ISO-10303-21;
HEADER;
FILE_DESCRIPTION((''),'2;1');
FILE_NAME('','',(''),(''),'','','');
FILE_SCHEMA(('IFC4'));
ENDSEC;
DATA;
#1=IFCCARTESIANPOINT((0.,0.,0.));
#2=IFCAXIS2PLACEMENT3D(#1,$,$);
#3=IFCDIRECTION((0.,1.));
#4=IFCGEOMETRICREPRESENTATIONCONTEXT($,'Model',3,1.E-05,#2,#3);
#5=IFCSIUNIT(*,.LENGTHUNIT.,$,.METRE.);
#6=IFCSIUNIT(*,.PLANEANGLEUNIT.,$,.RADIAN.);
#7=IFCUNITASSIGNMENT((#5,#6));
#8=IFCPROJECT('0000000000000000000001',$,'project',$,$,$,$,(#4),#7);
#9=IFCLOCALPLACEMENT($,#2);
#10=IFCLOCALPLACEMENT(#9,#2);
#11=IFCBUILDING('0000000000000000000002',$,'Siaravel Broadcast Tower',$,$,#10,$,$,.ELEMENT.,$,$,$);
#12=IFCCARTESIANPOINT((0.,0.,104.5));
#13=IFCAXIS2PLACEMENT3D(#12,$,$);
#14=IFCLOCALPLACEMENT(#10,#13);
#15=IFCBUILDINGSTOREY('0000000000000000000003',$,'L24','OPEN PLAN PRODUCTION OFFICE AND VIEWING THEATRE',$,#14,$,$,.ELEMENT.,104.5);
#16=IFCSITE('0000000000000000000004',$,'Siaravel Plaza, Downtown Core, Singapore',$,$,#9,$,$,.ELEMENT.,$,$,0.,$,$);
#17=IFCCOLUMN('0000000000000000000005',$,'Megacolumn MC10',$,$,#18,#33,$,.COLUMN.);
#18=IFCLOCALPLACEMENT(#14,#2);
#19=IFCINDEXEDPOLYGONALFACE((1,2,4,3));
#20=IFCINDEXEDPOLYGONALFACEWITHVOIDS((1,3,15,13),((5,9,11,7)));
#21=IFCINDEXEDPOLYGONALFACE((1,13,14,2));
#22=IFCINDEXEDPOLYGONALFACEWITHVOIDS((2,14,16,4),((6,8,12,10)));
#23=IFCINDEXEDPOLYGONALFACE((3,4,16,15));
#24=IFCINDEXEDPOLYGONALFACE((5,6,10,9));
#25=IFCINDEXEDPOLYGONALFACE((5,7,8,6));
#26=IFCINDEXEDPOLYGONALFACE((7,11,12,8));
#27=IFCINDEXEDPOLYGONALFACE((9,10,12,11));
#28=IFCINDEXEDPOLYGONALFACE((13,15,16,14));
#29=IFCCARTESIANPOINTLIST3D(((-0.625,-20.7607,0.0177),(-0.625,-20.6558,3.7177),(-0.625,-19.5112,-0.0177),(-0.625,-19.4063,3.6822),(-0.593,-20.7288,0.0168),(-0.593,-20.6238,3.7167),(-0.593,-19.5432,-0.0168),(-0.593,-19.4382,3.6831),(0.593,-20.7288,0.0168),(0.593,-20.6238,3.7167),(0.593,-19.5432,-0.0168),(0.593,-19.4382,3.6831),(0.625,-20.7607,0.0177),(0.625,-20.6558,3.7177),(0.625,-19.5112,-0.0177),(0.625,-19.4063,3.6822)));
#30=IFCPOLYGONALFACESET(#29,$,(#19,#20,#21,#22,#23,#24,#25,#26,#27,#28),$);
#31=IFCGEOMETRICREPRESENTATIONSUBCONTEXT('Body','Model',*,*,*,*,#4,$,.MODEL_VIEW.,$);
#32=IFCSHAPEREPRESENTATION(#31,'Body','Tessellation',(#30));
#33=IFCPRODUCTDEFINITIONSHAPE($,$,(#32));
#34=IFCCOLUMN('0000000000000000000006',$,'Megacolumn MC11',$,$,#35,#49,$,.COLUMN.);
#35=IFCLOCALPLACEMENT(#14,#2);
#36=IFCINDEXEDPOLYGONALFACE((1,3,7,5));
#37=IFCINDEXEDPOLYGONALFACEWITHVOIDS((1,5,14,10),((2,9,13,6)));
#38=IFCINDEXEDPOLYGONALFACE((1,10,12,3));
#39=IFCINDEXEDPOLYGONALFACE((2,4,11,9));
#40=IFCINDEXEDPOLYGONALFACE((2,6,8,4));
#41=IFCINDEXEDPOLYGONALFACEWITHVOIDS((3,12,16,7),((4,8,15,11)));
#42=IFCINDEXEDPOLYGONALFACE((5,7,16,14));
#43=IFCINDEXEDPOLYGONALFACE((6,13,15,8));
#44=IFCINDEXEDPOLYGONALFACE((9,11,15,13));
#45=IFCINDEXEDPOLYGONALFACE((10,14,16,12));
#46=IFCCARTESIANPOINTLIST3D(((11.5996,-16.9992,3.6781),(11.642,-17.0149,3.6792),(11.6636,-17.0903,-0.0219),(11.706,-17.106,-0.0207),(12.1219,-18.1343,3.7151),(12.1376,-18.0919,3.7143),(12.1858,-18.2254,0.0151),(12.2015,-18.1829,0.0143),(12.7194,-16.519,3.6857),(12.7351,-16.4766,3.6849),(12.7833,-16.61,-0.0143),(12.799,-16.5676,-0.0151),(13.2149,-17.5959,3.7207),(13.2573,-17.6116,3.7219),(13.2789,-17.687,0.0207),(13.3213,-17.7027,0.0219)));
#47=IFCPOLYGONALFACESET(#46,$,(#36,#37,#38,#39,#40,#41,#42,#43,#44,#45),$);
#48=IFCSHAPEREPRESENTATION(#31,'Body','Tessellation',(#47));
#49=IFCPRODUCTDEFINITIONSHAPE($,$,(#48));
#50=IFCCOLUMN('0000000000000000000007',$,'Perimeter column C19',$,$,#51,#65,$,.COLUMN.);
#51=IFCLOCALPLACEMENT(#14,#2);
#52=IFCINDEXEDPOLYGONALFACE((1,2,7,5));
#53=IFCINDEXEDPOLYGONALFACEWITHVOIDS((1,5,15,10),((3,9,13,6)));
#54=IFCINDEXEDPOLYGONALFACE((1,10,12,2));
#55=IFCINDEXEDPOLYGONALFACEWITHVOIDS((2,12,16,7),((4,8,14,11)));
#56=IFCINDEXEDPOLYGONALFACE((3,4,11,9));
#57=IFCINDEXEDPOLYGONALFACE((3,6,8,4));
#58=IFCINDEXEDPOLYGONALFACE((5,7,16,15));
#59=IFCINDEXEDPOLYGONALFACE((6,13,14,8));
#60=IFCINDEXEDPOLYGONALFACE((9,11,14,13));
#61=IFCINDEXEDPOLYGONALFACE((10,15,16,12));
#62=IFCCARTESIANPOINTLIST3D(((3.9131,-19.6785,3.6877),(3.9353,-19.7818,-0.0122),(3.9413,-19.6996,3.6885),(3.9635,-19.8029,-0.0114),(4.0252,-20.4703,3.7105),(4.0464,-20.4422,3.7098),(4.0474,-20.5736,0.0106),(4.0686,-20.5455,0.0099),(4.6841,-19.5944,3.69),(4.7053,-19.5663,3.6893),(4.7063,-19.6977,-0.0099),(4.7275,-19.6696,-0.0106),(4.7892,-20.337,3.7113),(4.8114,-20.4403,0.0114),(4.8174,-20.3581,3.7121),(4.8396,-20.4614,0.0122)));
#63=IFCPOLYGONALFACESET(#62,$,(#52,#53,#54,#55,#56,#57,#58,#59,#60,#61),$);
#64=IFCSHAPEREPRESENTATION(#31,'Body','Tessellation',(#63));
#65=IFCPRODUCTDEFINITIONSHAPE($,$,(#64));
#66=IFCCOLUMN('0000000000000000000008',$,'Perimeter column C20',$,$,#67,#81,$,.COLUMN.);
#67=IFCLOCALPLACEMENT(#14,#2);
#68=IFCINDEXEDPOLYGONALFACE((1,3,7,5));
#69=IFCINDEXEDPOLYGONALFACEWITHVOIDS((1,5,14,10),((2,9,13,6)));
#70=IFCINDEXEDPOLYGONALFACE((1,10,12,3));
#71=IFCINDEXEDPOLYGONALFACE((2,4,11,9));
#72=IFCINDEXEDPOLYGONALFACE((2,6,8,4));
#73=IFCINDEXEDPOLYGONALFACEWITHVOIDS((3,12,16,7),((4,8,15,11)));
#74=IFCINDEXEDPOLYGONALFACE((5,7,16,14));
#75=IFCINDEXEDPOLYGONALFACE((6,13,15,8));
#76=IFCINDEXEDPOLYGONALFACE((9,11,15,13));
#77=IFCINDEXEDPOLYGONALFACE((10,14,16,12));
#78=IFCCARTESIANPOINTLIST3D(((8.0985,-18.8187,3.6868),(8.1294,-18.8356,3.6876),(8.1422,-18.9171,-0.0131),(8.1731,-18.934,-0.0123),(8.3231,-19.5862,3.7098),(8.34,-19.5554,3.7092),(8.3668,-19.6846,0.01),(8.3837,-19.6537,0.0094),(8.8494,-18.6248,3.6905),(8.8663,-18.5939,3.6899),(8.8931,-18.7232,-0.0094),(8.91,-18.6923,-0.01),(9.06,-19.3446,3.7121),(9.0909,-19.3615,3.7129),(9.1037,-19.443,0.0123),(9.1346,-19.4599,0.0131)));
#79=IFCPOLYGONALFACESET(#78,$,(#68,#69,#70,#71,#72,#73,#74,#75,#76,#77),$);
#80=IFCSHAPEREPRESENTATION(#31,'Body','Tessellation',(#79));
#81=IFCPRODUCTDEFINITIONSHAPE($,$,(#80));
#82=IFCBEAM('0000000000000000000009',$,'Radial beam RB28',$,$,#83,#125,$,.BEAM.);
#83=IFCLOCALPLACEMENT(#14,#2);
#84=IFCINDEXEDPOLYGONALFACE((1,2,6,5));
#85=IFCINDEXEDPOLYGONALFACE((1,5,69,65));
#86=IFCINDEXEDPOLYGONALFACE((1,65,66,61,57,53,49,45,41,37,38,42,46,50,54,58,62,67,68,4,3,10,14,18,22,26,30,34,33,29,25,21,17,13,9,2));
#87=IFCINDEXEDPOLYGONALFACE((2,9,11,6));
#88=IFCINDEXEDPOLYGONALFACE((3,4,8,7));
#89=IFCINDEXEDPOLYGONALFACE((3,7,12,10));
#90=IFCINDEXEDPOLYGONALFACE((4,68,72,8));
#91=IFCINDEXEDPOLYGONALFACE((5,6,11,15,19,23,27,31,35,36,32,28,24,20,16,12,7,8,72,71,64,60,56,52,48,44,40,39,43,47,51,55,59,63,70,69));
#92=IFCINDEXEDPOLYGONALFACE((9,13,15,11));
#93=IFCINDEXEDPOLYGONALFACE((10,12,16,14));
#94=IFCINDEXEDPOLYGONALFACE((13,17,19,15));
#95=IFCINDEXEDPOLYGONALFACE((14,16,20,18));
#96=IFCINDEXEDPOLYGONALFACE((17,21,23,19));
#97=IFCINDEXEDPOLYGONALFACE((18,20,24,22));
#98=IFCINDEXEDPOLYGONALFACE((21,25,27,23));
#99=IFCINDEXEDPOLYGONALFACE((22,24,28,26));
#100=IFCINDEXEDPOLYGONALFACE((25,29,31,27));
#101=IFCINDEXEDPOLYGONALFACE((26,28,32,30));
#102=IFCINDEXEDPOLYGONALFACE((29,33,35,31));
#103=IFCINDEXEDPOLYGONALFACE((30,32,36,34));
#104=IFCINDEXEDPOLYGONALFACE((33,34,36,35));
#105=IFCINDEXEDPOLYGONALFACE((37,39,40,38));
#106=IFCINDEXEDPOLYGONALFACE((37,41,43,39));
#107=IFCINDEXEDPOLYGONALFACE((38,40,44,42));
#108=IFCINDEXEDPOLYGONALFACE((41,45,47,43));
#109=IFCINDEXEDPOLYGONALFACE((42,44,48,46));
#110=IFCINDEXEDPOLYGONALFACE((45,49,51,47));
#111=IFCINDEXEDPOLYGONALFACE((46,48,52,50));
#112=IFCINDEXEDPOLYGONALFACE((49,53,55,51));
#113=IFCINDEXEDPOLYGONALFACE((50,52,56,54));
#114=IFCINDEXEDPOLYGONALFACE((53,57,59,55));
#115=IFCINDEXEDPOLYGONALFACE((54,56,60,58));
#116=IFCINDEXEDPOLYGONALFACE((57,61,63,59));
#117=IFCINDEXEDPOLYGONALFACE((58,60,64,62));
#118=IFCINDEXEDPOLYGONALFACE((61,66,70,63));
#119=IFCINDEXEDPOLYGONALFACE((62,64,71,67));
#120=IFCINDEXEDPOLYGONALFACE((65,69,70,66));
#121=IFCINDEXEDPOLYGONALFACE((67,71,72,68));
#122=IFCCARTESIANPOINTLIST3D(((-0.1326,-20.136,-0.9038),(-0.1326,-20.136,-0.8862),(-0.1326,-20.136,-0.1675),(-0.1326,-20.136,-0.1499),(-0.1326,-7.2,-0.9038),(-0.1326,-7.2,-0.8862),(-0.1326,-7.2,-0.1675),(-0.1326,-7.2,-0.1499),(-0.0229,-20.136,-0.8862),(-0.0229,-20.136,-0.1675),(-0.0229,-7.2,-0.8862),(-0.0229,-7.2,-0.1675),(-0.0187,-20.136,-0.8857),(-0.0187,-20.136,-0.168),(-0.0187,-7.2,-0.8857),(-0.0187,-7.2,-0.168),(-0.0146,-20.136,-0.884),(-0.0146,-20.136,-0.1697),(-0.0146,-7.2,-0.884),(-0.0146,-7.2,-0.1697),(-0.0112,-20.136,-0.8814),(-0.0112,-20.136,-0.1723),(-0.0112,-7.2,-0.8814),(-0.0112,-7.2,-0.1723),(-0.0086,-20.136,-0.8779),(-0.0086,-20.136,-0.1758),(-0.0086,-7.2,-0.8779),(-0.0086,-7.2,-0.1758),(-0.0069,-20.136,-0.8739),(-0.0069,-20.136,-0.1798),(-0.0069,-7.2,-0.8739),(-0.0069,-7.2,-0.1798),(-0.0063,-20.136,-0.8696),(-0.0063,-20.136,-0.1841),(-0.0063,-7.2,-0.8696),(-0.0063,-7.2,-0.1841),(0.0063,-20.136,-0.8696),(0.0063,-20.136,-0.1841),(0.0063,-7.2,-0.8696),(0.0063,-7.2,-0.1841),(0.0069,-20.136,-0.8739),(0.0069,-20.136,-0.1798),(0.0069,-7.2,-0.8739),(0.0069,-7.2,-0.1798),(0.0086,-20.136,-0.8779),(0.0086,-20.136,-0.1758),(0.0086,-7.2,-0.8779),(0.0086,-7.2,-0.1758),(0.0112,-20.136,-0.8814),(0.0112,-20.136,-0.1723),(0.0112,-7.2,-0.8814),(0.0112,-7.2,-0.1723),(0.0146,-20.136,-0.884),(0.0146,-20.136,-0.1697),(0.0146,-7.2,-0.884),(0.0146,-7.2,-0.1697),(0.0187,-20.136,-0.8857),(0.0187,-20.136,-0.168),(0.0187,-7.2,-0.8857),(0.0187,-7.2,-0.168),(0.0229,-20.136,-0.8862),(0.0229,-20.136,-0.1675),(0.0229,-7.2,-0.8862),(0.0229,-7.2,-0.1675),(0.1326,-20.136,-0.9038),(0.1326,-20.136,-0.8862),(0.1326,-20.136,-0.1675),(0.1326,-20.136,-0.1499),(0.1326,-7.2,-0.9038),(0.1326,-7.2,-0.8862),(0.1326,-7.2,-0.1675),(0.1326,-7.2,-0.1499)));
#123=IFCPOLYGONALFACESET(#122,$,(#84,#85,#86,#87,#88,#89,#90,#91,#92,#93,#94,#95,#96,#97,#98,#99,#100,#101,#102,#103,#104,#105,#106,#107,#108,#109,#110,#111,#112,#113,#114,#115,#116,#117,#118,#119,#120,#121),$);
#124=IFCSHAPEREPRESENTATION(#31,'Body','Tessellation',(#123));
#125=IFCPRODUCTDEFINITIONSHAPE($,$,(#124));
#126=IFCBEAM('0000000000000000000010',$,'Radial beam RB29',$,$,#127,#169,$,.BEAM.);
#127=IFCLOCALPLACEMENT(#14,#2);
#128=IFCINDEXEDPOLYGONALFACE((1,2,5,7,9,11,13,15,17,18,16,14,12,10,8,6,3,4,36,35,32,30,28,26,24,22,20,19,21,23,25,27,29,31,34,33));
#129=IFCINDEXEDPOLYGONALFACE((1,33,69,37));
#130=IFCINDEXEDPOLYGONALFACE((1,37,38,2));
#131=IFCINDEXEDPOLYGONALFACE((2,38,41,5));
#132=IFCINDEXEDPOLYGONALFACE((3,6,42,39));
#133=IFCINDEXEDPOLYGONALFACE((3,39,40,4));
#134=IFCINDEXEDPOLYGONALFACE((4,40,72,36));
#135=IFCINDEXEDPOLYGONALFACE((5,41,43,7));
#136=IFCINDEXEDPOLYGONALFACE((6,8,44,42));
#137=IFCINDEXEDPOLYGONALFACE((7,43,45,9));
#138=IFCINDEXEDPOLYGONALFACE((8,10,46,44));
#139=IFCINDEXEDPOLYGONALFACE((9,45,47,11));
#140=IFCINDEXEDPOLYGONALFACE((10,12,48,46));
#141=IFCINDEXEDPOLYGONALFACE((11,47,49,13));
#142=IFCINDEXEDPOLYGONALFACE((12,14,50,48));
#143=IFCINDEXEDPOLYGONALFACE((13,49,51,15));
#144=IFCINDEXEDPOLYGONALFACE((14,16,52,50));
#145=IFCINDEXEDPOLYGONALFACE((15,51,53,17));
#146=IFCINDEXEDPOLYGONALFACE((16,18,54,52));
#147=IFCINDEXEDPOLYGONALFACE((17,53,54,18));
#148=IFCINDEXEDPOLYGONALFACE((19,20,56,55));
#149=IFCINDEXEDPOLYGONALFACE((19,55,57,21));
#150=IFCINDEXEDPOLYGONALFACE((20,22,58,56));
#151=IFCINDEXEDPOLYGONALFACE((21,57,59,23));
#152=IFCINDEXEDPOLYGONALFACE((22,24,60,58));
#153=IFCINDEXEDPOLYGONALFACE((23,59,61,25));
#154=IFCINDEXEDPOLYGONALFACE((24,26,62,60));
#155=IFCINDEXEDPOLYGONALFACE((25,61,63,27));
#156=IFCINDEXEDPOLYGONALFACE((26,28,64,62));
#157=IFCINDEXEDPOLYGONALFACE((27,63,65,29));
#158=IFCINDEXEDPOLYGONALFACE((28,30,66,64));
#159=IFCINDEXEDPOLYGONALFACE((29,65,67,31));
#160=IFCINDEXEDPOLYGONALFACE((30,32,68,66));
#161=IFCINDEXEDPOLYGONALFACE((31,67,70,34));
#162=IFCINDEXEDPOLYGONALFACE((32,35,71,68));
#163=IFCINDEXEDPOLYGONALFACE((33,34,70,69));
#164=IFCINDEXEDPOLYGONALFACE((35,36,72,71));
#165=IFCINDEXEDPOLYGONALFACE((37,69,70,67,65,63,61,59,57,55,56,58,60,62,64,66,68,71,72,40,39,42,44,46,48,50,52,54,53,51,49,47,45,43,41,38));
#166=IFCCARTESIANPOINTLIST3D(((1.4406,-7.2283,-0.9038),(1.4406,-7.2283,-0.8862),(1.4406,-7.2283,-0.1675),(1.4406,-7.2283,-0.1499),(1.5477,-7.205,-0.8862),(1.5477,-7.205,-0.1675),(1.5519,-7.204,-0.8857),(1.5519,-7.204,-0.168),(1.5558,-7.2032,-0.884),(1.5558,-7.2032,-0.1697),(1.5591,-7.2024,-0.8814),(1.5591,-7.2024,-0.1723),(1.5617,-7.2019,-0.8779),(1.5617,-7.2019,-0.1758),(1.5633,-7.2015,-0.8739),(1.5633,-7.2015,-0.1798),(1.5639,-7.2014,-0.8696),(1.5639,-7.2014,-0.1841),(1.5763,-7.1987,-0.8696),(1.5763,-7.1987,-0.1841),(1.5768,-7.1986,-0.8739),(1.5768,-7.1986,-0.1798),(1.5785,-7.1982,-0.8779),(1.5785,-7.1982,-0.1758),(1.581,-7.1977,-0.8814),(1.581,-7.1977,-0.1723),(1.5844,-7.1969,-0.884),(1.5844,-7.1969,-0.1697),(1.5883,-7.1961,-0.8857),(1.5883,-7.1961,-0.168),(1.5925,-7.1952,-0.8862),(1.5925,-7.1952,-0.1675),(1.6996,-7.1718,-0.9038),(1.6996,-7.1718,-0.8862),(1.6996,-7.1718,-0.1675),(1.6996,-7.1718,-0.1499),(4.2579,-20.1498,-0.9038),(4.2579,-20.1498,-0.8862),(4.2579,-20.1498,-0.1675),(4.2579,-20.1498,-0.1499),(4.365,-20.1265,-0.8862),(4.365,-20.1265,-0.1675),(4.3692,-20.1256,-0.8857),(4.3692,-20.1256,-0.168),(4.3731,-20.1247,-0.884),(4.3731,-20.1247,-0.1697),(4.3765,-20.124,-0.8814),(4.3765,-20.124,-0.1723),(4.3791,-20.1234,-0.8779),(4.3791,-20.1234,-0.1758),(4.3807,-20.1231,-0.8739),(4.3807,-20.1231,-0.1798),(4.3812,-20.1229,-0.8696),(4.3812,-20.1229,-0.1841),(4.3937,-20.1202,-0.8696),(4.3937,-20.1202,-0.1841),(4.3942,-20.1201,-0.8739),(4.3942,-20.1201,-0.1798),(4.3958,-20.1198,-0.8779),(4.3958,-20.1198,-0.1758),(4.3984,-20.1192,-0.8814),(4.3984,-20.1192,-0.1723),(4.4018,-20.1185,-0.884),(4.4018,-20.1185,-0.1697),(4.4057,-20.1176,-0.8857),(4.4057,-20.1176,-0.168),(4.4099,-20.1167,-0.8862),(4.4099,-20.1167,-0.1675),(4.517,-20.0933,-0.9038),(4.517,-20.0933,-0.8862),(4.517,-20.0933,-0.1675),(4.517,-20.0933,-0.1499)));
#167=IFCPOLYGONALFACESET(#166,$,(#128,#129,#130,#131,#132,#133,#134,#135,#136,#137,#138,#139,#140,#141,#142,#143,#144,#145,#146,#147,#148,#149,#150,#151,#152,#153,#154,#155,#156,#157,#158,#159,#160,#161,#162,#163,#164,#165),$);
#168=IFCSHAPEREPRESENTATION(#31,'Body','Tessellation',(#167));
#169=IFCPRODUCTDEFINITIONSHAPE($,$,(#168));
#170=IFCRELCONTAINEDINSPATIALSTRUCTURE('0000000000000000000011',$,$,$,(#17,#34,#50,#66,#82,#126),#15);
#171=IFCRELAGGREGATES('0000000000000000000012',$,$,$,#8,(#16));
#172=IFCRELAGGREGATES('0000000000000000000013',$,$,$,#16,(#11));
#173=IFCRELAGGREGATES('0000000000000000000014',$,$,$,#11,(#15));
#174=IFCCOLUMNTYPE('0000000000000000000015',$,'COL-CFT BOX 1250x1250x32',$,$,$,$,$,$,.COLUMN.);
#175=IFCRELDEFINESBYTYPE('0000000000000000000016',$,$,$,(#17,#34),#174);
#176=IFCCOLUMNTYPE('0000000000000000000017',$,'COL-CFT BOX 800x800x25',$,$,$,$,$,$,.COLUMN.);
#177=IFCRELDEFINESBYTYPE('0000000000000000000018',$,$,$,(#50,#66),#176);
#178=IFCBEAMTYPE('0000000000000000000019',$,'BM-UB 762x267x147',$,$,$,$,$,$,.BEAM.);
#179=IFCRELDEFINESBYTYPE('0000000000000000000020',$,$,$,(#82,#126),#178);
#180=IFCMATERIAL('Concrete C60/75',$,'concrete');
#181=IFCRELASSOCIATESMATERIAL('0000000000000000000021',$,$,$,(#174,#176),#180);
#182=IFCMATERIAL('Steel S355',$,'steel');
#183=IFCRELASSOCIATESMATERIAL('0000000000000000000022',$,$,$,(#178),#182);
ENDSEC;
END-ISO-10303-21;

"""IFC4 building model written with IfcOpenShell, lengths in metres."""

from ifc_helpers import new_model, si_unit, direction, frame, origin, origin_2d, place, context, subcontext, project, spatial, hollow_rectangle, i_section, extrude, material, material_profile, profile_set, type_object, element, save


model = new_model("IFC4")

# Units and contexts
model_context = context("Model", 3, precision=1e-05, world=origin(), true_north=direction((0.0, 1.0)))
body_context = subcontext(model_context, "Body", "Model", "MODEL_VIEW")
ifc_project = project(units=[si_unit("LENGTHUNIT", "METRE"), si_unit("PLANEANGLEUNIT", "RADIAN")], contexts=[model_context])

# Site, building, storey
site_placement = place(None, origin())
site = spatial("IfcSite", under=ifc_project, at=site_placement, Name="Siaravel Plaza, Downtown Core, Singapore", CompositionType="ELEMENT", RefElevation=0.0)
building_placement = place(site_placement, origin())
building = spatial("IfcBuilding", under=site, at=building_placement, Name="Siaravel Broadcast Tower", CompositionType="ELEMENT")
storey_placement = place(building_placement, frame((0.0, 0.0, 104.5)))
storey = spatial("IfcBuildingStorey", under=building, at=storey_placement, Name="L24", Description="OPEN PLAN PRODUCTION OFFICE AND VIEWING THEATRE", CompositionType="ELEMENT", Elevation=104.5)

# Columns
ifc_material_1 = material(Name="Concrete C60/75", Category="concrete")
ifc_material_profile_1 = material_profile(ifc_material_1, hollow_rectangle(XDim=1.25, YDim=1.25, WallThickness=0.032, at=origin_2d()))
ifc_profile_set_1 = profile_set([ifc_material_profile_1], Name="Concrete C60/75")
column_type_1 = type_object("IfcColumnType", Name="COL-CFT BOX 1250x1250x32", PredefinedType="COLUMN", material=ifc_profile_set_1)
column_1_placement = place(storey_placement, frame((0.0, -20.136, 0.0), z_axis=(0.0, 0.028362, 0.999598), x_axis=(-1.0, 0.0, 0.0)))
element("IfcColumn", 1, at=column_1_placement, inside=storey, type_object=column_type_1, Name="Megacolumn MC10", PredefinedType="COLUMN", context=body_context, shape_type="SweptSolid", body=[
    extrude(hollow_rectangle(XDim=1.25, YDim=1.25, WallThickness=0.032, at=origin_2d()), origin(), (0.0, 0.0, 1.0), 3.7014),
])
column_2_placement = place(storey_placement, frame((12.4924, -17.3965, 0.0), z_axis=(-0.01728, 0.024601, 0.999548), x_axis=(-0.908369, -0.418135, -0.005413)))
element("IfcColumn", 2, at=column_2_placement, inside=storey, type_object=column_type_1, Name="Megacolumn MC11", PredefinedType="COLUMN", context=body_context, shape_type="SweptSolid", body=[
    extrude(hollow_rectangle(XDim=1.25, YDim=1.25, WallThickness=0.032, at=origin_2d()), origin(), (0.0, 0.0, 1.0), 3.7017),
])
ifc_material_profile_2 = material_profile(ifc_material_1, hollow_rectangle(XDim=0.8, YDim=0.8, WallThickness=0.0249, at=origin_2d()))
ifc_profile_set_2 = profile_set([ifc_material_profile_2], Name="Concrete C60/75")
column_type_2 = type_object("IfcColumnType", Name="COL-CFT BOX 800x800x25", PredefinedType="COLUMN", material=ifc_profile_set_2)
for number, where, z_axis, x_axis, name in (
    (3, (4.3875, -20.1216, 0.0), (-0.006002, 0.0279, 0.999593), (-0.990118, -0.140221, -0.002031), "Perimeter column C19"),
    (4, (8.6384, -19.1885, 0.0), (-0.011806, 0.026581, 0.999577), (-0.959717, -0.280941, -0.003865), "Perimeter column C20"),
):
    element("IfcColumn", number, at=place(storey_placement, frame(where, z_axis=z_axis, x_axis=x_axis)), inside=storey, type_object=column_type_2, Name=name, PredefinedType="COLUMN", context=body_context, shape_type="SweptSolid", body=[
        extrude(hollow_rectangle(XDim=0.8, YDim=0.8, WallThickness=0.0249, at=origin_2d()), origin(), (0.0, 0.0, 1.0), 3.7014),
    ])

# Beams
ifc_material_2 = material(Name="Steel S355", Category="steel")
ifc_material_profile_3 = material_profile(ifc_material_2, i_section(OverallWidth=0.2651, OverallDepth=0.7539, WebThickness=0.0127, FlangeThickness=0.0176, FilletRadius=0.0166, at=origin_2d()))
ifc_profile_set_3 = profile_set([ifc_material_profile_3], Name="Steel S355")
beam_type = type_object("IfcBeamType", Name="BM-UB 762x267x147", PredefinedType="BEAM", material=ifc_profile_set_3)
beam_1_placement = place(storey_placement, frame((0.0, -20.136, -0.5269), z_axis=(0.0, 1.0, 0.0), x_axis=(-1.0, 0.0, 0.0)))
element("IfcBeam", 5, at=beam_1_placement, inside=storey, type_object=beam_type, Name="Radial beam RB28", PredefinedType="BEAM", context=body_context, shape_type="SweptSolid", body=[
    extrude(i_section(OverallWidth=0.2651, OverallDepth=0.7539, WebThickness=0.0127, FlangeThickness=0.0176, FilletRadius=0.0166, at=origin_2d()), origin(), (0.0, 0.0, 1.0), 12.936),
])
beam_2_placement = place(storey_placement, frame((4.3875, -20.1216, -0.5269), z_axis=(-0.213031, 0.977045, 0.0), x_axis=(-0.977045, -0.213031, 0.0)))
element("IfcBeam", 6, at=beam_2_placement, inside=storey, type_object=beam_type, Name="Radial beam RB29", PredefinedType="BEAM", context=body_context, shape_type="SweptSolid", body=[
    extrude(i_section(OverallWidth=0.2651, OverallDepth=0.7539, WebThickness=0.0127, FlangeThickness=0.0176, FilletRadius=0.0166, at=origin_2d()), origin(), (0.0, 0.0, 1.0), 13.2251),
])

save(model, "model.ifc")
